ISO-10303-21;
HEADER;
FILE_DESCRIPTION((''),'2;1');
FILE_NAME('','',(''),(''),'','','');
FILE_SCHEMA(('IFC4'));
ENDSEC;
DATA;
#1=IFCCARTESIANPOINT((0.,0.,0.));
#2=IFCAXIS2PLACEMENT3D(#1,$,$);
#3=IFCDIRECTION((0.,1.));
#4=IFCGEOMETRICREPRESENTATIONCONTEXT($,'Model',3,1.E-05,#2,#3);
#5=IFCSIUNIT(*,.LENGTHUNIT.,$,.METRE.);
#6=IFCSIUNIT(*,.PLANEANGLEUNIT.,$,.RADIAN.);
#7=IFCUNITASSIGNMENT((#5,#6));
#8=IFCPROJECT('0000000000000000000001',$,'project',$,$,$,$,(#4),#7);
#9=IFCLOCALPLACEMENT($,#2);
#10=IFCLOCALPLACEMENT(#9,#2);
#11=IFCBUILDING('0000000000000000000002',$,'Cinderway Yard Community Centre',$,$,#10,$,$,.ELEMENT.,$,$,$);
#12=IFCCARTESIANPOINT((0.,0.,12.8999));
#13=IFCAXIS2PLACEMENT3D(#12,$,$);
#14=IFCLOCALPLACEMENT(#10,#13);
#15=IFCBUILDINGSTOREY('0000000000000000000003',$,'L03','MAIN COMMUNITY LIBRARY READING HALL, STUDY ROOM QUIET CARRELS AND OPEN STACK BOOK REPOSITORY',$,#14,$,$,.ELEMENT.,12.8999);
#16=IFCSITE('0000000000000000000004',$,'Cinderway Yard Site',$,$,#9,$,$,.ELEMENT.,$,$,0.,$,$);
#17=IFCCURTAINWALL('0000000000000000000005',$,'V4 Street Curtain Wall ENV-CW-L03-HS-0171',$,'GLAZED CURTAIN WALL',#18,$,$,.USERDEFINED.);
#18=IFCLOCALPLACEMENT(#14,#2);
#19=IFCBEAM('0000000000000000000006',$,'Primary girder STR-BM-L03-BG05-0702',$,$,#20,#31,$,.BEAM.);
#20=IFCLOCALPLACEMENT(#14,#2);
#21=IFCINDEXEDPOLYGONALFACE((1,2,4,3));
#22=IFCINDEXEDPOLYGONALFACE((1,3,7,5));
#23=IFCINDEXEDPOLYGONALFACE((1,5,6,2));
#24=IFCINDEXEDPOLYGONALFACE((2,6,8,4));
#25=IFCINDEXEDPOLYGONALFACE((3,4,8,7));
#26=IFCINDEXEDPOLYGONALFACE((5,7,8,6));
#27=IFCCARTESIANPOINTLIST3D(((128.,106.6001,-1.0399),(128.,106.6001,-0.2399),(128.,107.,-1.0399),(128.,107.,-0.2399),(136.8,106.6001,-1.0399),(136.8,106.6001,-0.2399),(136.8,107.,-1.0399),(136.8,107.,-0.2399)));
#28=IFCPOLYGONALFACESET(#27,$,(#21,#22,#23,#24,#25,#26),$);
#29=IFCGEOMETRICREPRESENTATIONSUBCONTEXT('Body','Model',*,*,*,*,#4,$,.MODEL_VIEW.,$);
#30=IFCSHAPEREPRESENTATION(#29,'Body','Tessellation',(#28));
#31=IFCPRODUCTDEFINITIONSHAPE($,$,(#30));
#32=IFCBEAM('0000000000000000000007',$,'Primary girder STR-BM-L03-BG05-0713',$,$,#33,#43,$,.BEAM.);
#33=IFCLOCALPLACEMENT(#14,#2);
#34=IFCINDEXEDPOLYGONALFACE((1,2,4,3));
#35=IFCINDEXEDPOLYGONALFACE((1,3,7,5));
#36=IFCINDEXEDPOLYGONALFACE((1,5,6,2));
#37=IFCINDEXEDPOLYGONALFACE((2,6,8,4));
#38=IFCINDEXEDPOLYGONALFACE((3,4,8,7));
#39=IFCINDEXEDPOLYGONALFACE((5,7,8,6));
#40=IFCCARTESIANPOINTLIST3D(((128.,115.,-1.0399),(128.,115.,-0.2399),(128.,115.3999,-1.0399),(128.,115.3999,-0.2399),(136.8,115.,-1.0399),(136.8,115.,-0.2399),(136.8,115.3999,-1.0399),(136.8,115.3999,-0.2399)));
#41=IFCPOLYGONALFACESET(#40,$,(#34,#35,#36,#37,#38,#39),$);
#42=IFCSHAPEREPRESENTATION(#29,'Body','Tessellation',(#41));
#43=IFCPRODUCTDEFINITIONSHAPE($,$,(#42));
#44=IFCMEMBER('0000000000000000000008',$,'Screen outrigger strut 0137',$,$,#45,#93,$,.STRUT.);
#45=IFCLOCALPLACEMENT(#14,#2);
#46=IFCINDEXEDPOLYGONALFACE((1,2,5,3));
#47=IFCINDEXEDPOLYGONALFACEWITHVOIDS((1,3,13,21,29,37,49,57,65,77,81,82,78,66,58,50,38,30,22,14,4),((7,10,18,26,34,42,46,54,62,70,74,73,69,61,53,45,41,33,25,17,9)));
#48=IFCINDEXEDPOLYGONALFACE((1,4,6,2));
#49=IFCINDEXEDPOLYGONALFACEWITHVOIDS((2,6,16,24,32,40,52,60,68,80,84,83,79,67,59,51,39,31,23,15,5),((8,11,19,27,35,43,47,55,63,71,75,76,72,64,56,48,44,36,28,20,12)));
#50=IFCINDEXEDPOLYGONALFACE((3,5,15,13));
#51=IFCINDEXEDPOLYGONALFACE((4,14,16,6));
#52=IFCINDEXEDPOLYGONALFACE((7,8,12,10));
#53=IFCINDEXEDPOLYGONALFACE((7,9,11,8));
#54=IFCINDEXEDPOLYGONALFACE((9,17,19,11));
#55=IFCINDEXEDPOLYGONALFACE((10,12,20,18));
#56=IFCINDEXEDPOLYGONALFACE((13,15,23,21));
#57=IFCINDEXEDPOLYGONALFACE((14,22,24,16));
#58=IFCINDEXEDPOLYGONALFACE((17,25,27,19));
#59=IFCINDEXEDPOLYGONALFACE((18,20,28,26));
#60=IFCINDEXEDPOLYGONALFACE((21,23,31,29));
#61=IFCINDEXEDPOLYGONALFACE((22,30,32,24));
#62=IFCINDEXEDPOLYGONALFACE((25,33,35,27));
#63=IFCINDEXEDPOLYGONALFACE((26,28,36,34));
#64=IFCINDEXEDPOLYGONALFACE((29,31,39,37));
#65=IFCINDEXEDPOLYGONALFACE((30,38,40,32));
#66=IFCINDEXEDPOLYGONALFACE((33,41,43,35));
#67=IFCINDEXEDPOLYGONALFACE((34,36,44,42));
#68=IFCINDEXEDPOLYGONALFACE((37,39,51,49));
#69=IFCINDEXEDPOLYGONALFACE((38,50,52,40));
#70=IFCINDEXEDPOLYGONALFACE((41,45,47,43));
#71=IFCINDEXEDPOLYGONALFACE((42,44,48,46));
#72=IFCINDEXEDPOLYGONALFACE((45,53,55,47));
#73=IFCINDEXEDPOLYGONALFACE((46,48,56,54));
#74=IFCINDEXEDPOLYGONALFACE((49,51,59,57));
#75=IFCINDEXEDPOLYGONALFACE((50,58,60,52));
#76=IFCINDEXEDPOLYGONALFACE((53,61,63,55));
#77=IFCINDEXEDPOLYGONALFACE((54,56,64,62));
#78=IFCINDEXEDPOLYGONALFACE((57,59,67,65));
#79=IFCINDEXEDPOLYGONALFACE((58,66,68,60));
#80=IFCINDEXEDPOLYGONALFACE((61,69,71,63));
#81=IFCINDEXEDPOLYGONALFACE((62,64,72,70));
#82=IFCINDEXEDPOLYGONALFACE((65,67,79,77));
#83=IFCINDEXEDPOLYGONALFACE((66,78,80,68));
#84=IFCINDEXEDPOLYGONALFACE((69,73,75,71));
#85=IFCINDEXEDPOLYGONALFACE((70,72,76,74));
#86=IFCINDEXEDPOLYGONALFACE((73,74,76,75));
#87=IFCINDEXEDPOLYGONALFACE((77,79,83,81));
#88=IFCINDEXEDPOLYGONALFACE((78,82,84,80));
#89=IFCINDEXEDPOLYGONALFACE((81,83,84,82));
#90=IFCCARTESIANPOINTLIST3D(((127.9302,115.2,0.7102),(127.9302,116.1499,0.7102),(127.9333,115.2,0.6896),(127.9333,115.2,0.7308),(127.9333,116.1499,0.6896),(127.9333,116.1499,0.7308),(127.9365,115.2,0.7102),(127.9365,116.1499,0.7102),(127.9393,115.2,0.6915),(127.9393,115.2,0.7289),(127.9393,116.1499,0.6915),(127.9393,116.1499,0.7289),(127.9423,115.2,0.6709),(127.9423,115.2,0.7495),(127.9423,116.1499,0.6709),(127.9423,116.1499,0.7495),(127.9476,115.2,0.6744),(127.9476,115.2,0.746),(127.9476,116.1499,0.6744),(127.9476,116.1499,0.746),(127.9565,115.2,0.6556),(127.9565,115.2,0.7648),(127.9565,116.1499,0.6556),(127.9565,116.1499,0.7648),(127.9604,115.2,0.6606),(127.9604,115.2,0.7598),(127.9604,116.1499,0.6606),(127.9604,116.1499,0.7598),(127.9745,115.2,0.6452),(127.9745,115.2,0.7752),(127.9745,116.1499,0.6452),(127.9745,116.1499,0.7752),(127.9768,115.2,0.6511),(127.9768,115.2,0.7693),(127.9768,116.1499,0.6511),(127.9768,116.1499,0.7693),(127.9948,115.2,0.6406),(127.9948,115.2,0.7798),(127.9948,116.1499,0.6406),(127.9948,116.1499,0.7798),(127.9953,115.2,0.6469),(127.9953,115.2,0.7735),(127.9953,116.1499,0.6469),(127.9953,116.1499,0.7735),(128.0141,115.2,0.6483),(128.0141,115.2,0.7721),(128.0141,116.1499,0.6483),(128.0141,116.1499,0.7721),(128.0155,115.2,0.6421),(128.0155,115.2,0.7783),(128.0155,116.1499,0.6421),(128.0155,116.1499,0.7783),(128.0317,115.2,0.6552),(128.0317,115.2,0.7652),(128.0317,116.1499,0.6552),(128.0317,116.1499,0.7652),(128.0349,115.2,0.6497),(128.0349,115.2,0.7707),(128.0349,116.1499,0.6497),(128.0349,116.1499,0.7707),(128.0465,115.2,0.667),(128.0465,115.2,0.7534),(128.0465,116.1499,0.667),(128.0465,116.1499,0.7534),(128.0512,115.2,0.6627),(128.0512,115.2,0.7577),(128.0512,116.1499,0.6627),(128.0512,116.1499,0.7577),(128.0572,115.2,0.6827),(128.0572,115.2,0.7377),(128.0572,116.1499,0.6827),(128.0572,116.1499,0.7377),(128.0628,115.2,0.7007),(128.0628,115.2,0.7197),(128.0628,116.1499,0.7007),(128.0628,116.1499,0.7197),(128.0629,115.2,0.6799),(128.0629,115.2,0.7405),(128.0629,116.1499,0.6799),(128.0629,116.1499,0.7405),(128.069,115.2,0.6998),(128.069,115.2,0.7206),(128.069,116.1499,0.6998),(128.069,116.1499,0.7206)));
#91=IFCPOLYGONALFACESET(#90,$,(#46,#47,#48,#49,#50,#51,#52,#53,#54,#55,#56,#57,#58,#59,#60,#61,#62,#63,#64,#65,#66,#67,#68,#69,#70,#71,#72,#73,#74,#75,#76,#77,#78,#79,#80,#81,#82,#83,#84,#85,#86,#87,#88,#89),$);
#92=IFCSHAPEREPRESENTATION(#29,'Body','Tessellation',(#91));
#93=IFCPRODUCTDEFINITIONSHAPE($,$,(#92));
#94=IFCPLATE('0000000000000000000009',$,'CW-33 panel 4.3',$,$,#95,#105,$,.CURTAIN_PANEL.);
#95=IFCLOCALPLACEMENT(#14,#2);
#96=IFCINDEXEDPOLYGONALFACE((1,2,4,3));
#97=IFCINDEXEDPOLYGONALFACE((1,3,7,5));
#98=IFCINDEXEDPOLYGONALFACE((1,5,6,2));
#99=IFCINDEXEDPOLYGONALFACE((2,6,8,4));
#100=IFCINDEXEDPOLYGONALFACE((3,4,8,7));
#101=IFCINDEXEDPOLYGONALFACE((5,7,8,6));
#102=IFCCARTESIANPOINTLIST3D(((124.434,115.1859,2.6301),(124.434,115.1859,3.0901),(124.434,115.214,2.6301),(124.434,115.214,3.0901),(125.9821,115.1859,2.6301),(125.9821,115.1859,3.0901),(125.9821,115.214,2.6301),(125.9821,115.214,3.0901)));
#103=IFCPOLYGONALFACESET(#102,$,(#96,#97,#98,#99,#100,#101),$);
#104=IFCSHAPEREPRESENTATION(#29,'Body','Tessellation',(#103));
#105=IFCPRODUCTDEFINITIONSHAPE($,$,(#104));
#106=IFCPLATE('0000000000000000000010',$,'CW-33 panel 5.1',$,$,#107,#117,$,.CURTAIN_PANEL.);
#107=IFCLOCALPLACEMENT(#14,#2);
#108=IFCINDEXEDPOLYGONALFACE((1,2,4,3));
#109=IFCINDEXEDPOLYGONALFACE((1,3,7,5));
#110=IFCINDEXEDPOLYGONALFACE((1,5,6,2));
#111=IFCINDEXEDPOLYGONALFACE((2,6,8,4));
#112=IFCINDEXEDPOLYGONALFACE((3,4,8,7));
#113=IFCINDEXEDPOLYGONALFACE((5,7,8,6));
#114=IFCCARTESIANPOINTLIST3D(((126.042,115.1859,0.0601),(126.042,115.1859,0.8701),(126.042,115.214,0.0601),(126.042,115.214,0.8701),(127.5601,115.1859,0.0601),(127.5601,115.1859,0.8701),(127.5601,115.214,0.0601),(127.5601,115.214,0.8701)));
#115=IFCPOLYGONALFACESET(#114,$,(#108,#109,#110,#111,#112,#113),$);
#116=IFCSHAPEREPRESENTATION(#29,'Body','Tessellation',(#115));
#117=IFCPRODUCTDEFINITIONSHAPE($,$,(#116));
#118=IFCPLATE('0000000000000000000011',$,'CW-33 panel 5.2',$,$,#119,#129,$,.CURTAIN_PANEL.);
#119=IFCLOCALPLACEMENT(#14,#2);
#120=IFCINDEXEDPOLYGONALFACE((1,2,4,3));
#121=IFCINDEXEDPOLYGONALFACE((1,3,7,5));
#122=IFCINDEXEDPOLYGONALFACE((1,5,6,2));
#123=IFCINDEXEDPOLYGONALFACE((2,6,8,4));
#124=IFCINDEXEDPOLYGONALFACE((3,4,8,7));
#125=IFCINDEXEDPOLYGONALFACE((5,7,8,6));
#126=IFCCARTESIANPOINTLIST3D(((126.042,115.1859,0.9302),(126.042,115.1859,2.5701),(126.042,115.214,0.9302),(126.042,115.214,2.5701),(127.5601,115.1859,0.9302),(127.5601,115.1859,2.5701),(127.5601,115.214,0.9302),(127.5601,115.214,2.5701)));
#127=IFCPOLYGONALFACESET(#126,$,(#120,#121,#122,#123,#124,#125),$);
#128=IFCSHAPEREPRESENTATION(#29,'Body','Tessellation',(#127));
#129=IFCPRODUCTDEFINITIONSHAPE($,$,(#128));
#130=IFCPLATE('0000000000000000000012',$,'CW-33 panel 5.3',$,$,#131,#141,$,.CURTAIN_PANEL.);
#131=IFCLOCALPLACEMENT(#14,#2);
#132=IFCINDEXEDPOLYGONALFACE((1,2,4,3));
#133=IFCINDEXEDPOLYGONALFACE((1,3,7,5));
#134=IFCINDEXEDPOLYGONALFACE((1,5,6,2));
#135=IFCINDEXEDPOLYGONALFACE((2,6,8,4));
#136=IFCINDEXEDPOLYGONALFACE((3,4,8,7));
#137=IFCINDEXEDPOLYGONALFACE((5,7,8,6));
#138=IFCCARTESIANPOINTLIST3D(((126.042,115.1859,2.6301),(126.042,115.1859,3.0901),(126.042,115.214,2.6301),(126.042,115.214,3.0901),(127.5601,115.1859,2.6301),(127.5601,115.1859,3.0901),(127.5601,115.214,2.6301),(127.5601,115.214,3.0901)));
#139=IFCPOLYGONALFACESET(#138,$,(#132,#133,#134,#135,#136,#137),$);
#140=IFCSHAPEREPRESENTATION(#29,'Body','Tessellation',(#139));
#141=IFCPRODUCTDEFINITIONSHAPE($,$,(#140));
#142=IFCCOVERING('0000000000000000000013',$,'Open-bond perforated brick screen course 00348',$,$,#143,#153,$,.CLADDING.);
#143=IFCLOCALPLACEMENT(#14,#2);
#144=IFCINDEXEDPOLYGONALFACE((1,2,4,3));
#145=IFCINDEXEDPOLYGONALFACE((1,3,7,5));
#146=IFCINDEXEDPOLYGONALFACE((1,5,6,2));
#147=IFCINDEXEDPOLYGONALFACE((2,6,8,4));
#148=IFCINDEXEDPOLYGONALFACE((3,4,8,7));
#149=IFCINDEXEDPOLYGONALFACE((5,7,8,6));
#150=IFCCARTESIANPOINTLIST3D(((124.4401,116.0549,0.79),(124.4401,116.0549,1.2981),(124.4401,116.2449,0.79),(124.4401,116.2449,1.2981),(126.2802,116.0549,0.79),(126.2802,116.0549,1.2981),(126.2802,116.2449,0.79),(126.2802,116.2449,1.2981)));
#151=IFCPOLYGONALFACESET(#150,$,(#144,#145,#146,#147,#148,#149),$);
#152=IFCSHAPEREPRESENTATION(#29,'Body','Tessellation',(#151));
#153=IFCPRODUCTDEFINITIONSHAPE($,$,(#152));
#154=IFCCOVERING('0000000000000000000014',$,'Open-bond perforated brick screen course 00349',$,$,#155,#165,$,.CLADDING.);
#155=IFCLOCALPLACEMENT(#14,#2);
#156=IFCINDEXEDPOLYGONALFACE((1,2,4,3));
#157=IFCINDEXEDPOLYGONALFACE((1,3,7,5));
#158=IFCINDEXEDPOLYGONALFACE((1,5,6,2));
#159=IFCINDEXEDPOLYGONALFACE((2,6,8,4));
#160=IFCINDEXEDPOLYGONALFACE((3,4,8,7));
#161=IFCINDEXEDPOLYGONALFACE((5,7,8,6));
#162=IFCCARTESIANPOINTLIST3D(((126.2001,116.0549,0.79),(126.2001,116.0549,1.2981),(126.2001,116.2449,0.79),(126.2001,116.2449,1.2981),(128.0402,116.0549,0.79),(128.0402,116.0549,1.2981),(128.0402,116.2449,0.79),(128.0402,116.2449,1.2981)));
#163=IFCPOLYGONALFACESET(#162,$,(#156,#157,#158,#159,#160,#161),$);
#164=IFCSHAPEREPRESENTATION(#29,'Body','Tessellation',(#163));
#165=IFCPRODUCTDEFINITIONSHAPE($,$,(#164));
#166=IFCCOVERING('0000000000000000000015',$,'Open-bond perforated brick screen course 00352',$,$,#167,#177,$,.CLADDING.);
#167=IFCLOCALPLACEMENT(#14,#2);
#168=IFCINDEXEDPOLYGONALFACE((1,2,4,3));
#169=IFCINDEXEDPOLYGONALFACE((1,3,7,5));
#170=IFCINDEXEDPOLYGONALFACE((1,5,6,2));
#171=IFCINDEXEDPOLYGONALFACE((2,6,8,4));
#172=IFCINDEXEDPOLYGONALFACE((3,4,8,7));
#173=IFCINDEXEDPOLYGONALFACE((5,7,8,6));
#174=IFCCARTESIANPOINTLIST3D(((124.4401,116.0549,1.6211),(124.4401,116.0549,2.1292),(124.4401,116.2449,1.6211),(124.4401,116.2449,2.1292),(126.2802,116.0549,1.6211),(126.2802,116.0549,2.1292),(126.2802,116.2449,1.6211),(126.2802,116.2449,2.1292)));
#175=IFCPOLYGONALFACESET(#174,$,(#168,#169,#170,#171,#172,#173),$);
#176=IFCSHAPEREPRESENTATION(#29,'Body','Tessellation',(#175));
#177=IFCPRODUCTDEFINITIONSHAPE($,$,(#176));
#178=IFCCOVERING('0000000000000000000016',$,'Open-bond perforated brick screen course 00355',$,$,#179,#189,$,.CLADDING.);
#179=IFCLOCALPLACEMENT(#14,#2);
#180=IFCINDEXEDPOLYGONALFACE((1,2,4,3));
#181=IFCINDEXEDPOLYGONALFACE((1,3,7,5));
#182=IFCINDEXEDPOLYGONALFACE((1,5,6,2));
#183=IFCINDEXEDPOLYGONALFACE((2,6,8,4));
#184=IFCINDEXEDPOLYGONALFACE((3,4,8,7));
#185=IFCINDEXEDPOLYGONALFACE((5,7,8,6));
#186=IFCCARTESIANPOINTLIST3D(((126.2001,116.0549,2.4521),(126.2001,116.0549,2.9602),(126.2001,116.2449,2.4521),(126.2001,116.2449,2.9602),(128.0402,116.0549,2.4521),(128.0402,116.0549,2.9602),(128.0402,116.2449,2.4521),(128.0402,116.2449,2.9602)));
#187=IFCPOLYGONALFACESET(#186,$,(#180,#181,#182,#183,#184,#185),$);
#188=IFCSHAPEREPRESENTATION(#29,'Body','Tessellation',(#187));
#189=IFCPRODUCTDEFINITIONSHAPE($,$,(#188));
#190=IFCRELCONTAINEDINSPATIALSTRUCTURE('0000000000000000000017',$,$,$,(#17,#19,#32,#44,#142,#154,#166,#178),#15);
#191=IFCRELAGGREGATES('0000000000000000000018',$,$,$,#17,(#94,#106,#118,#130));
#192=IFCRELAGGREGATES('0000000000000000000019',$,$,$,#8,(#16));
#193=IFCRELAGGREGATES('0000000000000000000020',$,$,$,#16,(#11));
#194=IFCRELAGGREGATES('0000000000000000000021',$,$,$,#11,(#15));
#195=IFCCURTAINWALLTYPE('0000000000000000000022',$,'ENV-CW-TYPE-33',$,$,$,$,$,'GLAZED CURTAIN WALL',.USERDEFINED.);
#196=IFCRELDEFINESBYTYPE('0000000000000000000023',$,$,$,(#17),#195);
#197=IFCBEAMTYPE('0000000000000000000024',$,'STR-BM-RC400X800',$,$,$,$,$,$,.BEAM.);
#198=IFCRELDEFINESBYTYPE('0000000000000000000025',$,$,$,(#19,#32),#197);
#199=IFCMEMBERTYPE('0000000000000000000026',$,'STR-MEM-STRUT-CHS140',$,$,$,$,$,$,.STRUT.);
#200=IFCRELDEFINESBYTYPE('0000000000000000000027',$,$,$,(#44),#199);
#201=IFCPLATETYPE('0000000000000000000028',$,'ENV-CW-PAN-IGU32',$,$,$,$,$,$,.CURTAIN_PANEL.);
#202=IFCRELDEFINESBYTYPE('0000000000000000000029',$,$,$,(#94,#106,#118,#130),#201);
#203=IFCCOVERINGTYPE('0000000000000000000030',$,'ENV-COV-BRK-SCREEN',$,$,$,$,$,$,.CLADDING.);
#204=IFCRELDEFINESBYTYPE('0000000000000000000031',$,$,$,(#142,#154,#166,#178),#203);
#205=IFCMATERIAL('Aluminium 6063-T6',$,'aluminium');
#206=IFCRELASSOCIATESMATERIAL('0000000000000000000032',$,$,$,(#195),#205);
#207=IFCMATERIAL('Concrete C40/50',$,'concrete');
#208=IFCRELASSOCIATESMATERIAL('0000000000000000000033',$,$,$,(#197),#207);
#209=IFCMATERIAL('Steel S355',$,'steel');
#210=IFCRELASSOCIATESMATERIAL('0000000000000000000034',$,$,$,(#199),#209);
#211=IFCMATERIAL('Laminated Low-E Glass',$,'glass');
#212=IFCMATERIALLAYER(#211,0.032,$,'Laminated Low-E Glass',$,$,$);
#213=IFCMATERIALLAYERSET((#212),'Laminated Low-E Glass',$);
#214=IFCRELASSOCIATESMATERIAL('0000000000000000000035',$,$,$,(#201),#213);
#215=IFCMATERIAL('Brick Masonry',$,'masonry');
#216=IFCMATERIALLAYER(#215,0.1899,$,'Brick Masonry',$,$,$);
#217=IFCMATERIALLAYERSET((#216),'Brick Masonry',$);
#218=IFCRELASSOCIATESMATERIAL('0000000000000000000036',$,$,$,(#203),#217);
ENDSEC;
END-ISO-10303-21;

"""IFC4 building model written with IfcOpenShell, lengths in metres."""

from ifc_helpers import new_model, si_unit, direction, frame, origin, origin_2d, place, context, subcontext, project, spatial, rectangle, hollow_circle, extrude, material, layer, layer_set, material_profile, profile_set, type_object, element, aggregate, save


model = new_model("IFC4")

# Units and contexts
model_context = context("Model", 3, precision=1e-05, world=origin(), true_north=direction((0.0, 1.0)))
body_context = subcontext(model_context, "Body", "Model", "MODEL_VIEW")
ifc_project = project(units=[si_unit("LENGTHUNIT", "METRE"), si_unit("PLANEANGLEUNIT", "RADIAN")], contexts=[model_context])

# Site, building, storey
site_placement = place(None, origin())
site = spatial("IfcSite", under=ifc_project, at=site_placement, Name="Cinderway Yard Site", CompositionType="ELEMENT", RefElevation=0.0)
building_placement = place(site_placement, origin())
building = spatial("IfcBuilding", under=site, at=building_placement, Name="Cinderway Yard Community Centre", CompositionType="ELEMENT")
storey_placement = place(building_placement, frame((0.0, 0.0, 12.8999)))
storey = spatial("IfcBuildingStorey", under=building, at=storey_placement, Name="L03", Description="MAIN COMMUNITY LIBRARY READING HALL, STUDY ROOM QUIET CARRELS AND OPEN STACK BOOK REPOSITORY", CompositionType="ELEMENT", Elevation=12.8999)

# Shared definitions
ifc_material_1 = material(Name="Concrete C40/50", Category="concrete")

# Curtain wall
ifc_material_2 = material(Name="Aluminium 6063-T6", Category="aluminium")
curtain_wall_type = type_object("IfcCurtainWallType", Name="ENV-CW-TYPE-33", ElementType="GLAZED CURTAIN WALL", PredefinedType="USERDEFINED", material=ifc_material_2)
curtain_wall_placement = place(storey_placement, origin())
curtain_wall = element("IfcCurtainWall", 1, at=curtain_wall_placement, inside=storey, type_object=curtain_wall_type, Name="V4 Street Curtain Wall ENV-CW-L03-HS-0171", ObjectType="GLAZED CURTAIN WALL", PredefinedType="USERDEFINED")

# Shared definitions
ifc_material_3 = material(Name="Steel S355", Category="steel")

# Beams
ifc_material_profile_1 = material_profile(ifc_material_1, rectangle(XDim=0.3999, YDim=0.8, at=origin_2d()), Name="Concrete C40/50")
ifc_profile_set_1 = profile_set([ifc_material_profile_1], Name="Concrete C40/50")
beam_type_1 = type_object("IfcBeamType", Name="STR-BM-RC400X800", PredefinedType="BEAM", material=ifc_profile_set_1)
for number, where, z_axis, x_axis, name in (
    (2, (128.0, 106.8, -0.6399), (1.0, 0.0, 0.0), (0.0, 1.0, 0.0), "Primary girder STR-BM-L03-BG05-0702"),
    (3, (128.0, 115.2, -0.6399), (1.0, 0.0, 0.0), (0.0, 1.0, 0.0), "Primary girder STR-BM-L03-BG05-0713"),
):
    element("IfcBeam", number, at=place(storey_placement, frame(where, z_axis=z_axis, x_axis=x_axis)), inside=storey, type_object=beam_type_1, Name=name, PredefinedType="BEAM", context=body_context, shape_type="SweptSolid", body=[
        extrude(rectangle(XDim=0.3999, YDim=0.8, at=origin_2d()), origin(), (0.0, 0.0, 1.0), 8.8),
    ])

# Member
ifc_material_profile_2 = material_profile(ifc_material_3, hollow_circle(Radius=0.0698, WallThickness=0.0063, at=origin_2d()), Name="Steel S355")
ifc_profile_set_2 = profile_set([ifc_material_profile_2], Name="Steel S355")
member_type_1 = type_object("IfcMemberType", Name="STR-MEM-STRUT-CHS140", PredefinedType="STRUT", material=ifc_profile_set_2)
member_1_placement = place(storey_placement, frame((128.0, 115.2, 0.7102), z_axis=(0.0, 1.0, 0.0), x_axis=(-1.0, 0.0, 0.0)))
element("IfcMember", 4, at=member_1_placement, inside=storey, type_object=member_type_1, Name="Screen outrigger strut 0137", PredefinedType="STRUT", context=body_context, shape_type="SweptSolid", body=[
    extrude(hollow_circle(Radius=0.0698, WallThickness=0.0063, at=origin_2d()), origin(), (0.0, 0.0, 1.0), 0.95),
])

# Plates
ifc_material_4 = material(Name="Laminated Low-E Glass", Category="glass")
ifc_layer_1 = layer(ifc_material_4, 0.032, Name="Laminated Low-E Glass")
ifc_layer_set_1 = layer_set([ifc_layer_1], Name="Laminated Low-E Glass")
plate_type = type_object("IfcPlateType", Name="ENV-CW-PAN-IGU32", PredefinedType="CURTAIN_PANEL", material=ifc_layer_set_1)
plate_1_placement = place(storey_placement, frame((125.208, 115.2, 2.6301), z_axis=(0.0, 0.0, 1.0), x_axis=(1.0, 0.0, 0.0)))
plate_1 = element("IfcPlate", 5, at=plate_1_placement, type_object=plate_type, Name="CW-33 panel 4.3", PredefinedType="CURTAIN_PANEL", context=body_context, shape_type="SweptSolid", body=[
    extrude(rectangle(XDim=1.5481, YDim=0.0281, at=origin_2d()), origin(), (0.0, 0.0, 1.0), 0.46),
])
plate_2_placement = place(storey_placement, frame((126.801, 115.2, 0.0601), z_axis=(0.0, 0.0, 1.0), x_axis=(1.0, 0.0, 0.0)))
plate_2 = element("IfcPlate", 6, at=plate_2_placement, type_object=plate_type, Name="CW-33 panel 5.1", PredefinedType="CURTAIN_PANEL", context=body_context, shape_type="SweptSolid", body=[
    extrude(rectangle(XDim=1.5181, YDim=0.0281, at=origin_2d()), origin(), (0.0, 0.0, 1.0), 0.8101),
])
plate_3_placement = place(storey_placement, frame((126.801, 115.2, 0.9302), z_axis=(0.0, 0.0, 1.0), x_axis=(1.0, 0.0, 0.0)))
plate_3 = element("IfcPlate", 7, at=plate_3_placement, type_object=plate_type, Name="CW-33 panel 5.2", PredefinedType="CURTAIN_PANEL", context=body_context, shape_type="SweptSolid", body=[
    extrude(rectangle(XDim=1.5181, YDim=0.0281, at=origin_2d()), origin(), (0.0, 0.0, 1.0), 1.6399),
])
plate_4_placement = place(storey_placement, frame((126.801, 115.2, 2.6301), z_axis=(0.0, 0.0, 1.0), x_axis=(1.0, 0.0, 0.0)))
plate_4 = element("IfcPlate", 8, at=plate_4_placement, type_object=plate_type, Name="CW-33 panel 5.3", PredefinedType="CURTAIN_PANEL", context=body_context, shape_type="SweptSolid", body=[
    extrude(rectangle(XDim=1.5181, YDim=0.0281, at=origin_2d()), origin(), (0.0, 0.0, 1.0), 0.46),
])
aggregate(curtain_wall, [plate_1, plate_2, plate_3, plate_4])

# Coverings
ifc_material_5 = material(Name="Brick Masonry", Category="masonry")
ifc_layer_2 = layer(ifc_material_5, 0.1899, Name="Brick Masonry")
ifc_layer_set_2 = layer_set([ifc_layer_2], Name="Brick Masonry")
covering_type = type_object("IfcCoveringType", Name="ENV-COV-BRK-SCREEN", PredefinedType="CLADDING", material=ifc_layer_set_2)
for number, where, z_axis, x_axis, name in (
    (9, (125.3601, 116.1499, 0.79), (0.0, 0.0, 1.0), (1.0, 0.0, 0.0), "Open-bond perforated brick screen course 00348"),
    (10, (127.1201, 116.1499, 0.79), (0.0, 0.0, 1.0), (1.0, 0.0, 0.0), "Open-bond perforated brick screen course 00349"),
    (11, (125.3601, 116.1499, 1.6211), (0.0, 0.0, 1.0), (1.0, 0.0, 0.0), "Open-bond perforated brick screen course 00352"),
    (12, (127.1201, 116.1499, 2.4521), (0.0, 0.0, 1.0), (1.0, 0.0, 0.0), "Open-bond perforated brick screen course 00355"),
):
    element("IfcCovering", number, at=place(storey_placement, frame(where, z_axis=z_axis, x_axis=x_axis)), inside=storey, type_object=covering_type, Name=name, PredefinedType="CLADDING", context=body_context, shape_type="SweptSolid", body=[
        extrude(rectangle(XDim=1.8401, YDim=0.1899, at=origin_2d()), origin(), (0.0, 0.0, 1.0), 0.5081),
    ])

save(model, "model.ifc")
